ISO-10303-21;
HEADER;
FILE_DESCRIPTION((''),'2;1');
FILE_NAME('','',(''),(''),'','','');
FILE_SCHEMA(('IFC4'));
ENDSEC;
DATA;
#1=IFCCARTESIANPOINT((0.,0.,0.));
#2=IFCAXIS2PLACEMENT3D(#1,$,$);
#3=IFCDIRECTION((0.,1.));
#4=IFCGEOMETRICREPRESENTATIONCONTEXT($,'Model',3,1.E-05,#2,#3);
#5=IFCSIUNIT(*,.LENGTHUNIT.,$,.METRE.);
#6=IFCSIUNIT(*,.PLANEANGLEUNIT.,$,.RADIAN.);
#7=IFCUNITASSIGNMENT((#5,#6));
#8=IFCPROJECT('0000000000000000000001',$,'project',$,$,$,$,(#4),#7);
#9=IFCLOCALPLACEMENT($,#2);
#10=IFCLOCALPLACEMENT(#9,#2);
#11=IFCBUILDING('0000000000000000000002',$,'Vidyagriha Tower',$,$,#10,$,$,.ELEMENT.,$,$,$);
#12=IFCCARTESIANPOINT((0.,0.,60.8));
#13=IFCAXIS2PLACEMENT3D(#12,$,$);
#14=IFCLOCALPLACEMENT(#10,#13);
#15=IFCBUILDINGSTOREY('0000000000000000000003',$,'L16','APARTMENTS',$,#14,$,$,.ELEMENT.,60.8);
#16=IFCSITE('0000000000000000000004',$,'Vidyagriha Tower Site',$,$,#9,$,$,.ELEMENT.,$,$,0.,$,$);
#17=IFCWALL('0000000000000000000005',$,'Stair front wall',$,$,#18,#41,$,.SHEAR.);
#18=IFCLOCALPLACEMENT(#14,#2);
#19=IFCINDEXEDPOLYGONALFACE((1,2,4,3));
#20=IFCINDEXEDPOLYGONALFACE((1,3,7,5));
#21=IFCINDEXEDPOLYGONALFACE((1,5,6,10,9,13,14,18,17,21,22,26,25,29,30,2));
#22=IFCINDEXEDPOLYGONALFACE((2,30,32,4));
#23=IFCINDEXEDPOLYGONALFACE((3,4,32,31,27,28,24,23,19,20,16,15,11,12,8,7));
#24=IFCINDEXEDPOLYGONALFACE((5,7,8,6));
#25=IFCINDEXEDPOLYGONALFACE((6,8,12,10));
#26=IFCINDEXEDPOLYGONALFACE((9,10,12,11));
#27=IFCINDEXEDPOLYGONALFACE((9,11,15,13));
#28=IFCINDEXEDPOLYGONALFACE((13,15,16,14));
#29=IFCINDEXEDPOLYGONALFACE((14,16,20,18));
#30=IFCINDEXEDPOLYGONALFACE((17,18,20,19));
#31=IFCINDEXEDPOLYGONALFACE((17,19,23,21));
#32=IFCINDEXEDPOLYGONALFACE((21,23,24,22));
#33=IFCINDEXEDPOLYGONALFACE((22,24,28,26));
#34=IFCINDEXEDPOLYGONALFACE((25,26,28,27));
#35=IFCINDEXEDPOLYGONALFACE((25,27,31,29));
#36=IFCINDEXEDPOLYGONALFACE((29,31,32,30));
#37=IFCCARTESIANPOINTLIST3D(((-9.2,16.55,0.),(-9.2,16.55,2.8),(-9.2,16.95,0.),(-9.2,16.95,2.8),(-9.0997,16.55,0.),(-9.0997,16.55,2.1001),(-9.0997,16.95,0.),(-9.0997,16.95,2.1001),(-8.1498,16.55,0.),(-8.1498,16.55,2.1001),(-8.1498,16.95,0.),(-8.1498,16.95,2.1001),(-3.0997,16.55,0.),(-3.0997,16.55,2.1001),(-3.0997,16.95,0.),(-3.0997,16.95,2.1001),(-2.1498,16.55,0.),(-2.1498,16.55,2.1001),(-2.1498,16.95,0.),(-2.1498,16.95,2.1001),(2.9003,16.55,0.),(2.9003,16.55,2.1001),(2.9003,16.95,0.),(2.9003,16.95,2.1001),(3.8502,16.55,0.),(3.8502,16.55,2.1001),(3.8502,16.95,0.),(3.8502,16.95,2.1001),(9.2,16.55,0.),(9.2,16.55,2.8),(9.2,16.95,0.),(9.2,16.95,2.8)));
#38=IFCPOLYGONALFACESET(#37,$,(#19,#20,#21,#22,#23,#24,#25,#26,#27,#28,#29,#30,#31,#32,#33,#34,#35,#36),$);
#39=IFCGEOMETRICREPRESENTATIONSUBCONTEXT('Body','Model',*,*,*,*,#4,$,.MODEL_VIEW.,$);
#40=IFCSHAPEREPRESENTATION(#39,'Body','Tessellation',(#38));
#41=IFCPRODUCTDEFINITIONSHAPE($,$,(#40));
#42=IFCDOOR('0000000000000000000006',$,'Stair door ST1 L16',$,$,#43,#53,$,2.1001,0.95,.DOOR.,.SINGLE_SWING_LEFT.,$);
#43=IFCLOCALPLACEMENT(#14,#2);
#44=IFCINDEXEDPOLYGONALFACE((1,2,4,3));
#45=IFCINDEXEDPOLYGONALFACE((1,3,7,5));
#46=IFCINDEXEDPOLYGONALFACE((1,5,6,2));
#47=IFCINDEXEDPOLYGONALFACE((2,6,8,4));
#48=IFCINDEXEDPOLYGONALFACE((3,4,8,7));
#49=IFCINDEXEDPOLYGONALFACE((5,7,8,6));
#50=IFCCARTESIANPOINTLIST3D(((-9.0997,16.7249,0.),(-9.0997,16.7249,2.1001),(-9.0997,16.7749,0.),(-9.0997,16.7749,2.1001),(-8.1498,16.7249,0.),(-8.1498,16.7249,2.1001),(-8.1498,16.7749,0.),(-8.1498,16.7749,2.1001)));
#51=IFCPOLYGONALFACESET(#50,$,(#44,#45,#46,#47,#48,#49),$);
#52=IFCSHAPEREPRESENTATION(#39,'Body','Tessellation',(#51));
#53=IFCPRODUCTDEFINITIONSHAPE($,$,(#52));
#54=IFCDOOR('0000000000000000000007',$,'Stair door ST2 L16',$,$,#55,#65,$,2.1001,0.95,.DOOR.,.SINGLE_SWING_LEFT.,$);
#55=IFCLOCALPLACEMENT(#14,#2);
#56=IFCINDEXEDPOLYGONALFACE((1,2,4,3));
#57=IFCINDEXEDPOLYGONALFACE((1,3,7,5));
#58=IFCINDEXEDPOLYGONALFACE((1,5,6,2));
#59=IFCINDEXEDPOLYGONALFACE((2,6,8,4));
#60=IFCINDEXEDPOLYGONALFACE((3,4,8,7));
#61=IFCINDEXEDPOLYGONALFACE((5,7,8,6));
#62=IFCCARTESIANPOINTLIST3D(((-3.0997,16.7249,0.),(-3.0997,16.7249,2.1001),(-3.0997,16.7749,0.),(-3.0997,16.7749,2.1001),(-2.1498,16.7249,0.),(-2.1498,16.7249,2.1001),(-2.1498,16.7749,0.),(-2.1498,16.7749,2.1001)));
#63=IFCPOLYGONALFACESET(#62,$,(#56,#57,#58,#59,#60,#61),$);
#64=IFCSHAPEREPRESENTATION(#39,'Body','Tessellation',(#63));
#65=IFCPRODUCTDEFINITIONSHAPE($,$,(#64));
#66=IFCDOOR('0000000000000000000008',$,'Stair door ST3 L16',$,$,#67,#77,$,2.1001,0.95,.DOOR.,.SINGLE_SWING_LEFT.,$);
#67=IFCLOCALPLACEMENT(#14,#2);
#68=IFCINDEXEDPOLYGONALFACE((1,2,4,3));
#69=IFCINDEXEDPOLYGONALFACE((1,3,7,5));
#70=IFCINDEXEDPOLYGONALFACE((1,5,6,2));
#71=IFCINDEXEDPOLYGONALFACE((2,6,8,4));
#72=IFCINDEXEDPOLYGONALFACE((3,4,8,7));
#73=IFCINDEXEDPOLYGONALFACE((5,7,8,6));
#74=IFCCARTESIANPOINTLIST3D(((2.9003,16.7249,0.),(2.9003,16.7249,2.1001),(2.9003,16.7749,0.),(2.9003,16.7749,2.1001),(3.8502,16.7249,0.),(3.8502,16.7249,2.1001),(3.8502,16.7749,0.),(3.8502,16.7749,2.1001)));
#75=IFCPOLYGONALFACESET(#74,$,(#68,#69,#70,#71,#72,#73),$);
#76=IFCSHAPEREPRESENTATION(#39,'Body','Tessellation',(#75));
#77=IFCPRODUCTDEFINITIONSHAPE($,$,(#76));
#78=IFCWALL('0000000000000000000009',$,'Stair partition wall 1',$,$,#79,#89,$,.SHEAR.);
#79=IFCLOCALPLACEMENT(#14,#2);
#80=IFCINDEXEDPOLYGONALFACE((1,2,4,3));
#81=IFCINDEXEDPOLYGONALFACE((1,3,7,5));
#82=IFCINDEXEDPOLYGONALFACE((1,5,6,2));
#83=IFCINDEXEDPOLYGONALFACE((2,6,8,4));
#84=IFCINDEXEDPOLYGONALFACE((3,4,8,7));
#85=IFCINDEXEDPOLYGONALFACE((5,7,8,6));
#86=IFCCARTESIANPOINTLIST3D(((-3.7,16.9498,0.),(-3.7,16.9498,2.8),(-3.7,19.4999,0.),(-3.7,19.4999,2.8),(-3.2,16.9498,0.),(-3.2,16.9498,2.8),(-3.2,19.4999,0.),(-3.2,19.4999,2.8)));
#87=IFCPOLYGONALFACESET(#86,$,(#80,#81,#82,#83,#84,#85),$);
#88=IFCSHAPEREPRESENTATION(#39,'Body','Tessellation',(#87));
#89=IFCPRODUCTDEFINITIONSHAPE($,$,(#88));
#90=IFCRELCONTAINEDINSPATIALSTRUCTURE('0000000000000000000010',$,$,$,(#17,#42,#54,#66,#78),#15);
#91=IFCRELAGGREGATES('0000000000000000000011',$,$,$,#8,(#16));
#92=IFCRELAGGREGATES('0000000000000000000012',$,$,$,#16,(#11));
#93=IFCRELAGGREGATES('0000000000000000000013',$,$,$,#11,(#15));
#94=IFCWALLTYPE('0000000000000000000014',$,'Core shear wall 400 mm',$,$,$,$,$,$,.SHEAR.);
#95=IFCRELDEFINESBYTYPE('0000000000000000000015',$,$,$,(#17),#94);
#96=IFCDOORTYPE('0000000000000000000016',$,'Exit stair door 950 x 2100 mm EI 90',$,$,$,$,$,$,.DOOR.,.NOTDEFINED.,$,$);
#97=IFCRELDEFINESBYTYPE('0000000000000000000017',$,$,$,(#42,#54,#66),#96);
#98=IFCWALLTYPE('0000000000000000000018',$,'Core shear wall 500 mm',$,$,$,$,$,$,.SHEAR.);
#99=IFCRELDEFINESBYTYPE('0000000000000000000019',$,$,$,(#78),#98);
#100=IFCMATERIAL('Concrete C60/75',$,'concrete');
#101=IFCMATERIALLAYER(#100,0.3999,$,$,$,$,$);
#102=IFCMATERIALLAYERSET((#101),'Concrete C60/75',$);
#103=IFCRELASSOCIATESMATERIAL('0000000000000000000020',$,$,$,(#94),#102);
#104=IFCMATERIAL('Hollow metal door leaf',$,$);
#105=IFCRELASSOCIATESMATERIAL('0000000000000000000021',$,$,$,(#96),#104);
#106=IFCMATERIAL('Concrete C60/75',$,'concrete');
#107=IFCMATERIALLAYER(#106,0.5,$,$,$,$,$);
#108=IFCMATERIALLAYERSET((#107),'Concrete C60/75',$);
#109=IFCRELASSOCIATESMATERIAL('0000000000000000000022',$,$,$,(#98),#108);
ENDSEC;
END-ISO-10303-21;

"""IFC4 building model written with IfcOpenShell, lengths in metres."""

from ifc_helpers import new_model, si_unit, direction, frame, frame_2d, origin, place, context, subcontext, project, spatial, rectangle, extrude, material, layer, layer_set, type_object, element, fill, save


model = new_model("IFC4")

# Units and contexts
model_context = context("Model", 3, precision=1e-05, world=origin(), true_north=direction((0.0, 1.0)))
body_context = subcontext(model_context, "Body", "Model", "MODEL_VIEW")
ifc_project = project(units=[si_unit("LENGTHUNIT", "METRE"), si_unit("PLANEANGLEUNIT", "RADIAN")], contexts=[model_context])

# Site, building, storey
site_placement = place(None, origin())
site = spatial("IfcSite", under=ifc_project, at=site_placement, Name="Vidyagriha Tower Site", CompositionType="ELEMENT", RefElevation=0.0)
building_placement = place(site_placement, origin())
building = spatial("IfcBuilding", under=site, at=building_placement, Name="Vidyagriha Tower", CompositionType="ELEMENT")
storey_placement = place(building_placement, frame((0.0, 0.0, 60.8)))
storey = spatial("IfcBuildingStorey", under=building, at=storey_placement, Name="L16", Description="APARTMENTS", CompositionType="ELEMENT", Elevation=60.8)

# Shared definitions
ifc_material_1 = material(Name="Concrete C60/75", Category="concrete")
ifc_layer_1 = layer(ifc_material_1, 0.3999)
ifc_layer_set_1 = layer_set([ifc_layer_1], Name="Concrete C60/75")
wall_type_1 = type_object("IfcWallType", Name="Core shear wall 400 mm", PredefinedType="SHEAR", material=ifc_layer_set_1)

# Wall, openings, doors
wall_1_placement = place(storey_placement, frame((-9.2, 16.75, 0.0)))
wall_1 = element("IfcWall", 1, at=wall_1_placement, inside=storey, type_object=wall_type_1, Name="Stair front wall", PredefinedType="SHEAR", context=body_context, shape_type="SweptSolid", body=[
    extrude(rectangle(XDim=18.3999, YDim=0.3999, at=frame_2d((9.2, 0.0))), origin(), (0.0, 0.0, 1.0), 2.8),
])
opening_1_placement = place(wall_1_placement, frame((0.1001, 0.0, 0.0)))
opening_1 = element("IfcOpeningElement", 2, at=opening_1_placement, cuts=wall_1, PredefinedType="OPENING", context=body_context, shape_type="SweptSolid", body=[
    extrude(rectangle(XDim=0.95, YDim=2.1001, at=frame_2d((0.4751, 1.05))), frame((0.0, 0.21, 0.0), z_axis=(0.0, -1.0, 0.0), x_axis=(1.0, 0.0, 0.0)), (0.0, 0.0, 1.0), 0.4199),
])
opening_2_placement = place(wall_1_placement, frame((6.1001, 0.0, 0.0)))
opening_2 = element("IfcOpeningElement", 3, at=opening_2_placement, cuts=wall_1, PredefinedType="OPENING", context=body_context, shape_type="SweptSolid", body=[
    extrude(rectangle(XDim=0.95, YDim=2.1001, at=frame_2d((0.4751, 1.05))), frame((0.0, 0.21, 0.0), z_axis=(0.0, -1.0, 0.0), x_axis=(1.0, 0.0, 0.0)), (0.0, 0.0, 1.0), 0.4199),
])
opening_3_placement = place(wall_1_placement, frame((12.1001, 0.0, 0.0)))
opening_3 = element("IfcOpeningElement", 4, at=opening_3_placement, cuts=wall_1, PredefinedType="OPENING", context=body_context, shape_type="SweptSolid", body=[
    extrude(rectangle(XDim=0.95, YDim=2.1001, at=frame_2d((0.4751, 1.05))), frame((0.0, 0.21, 0.0), z_axis=(0.0, -1.0, 0.0), x_axis=(1.0, 0.0, 0.0)), (0.0, 0.0, 1.0), 0.4199),
])
ifc_material_2 = material(Name="Hollow metal door leaf")
door_type_1 = type_object("IfcDoorType", Name="Exit stair door 950 x 2100 mm EI 90", OperationType="NOTDEFINED", PredefinedType="DOOR", material=ifc_material_2)
door_1_placement = place(opening_1_placement, origin())
door_1 = element("IfcDoor", 5, at=door_1_placement, inside=storey, type_object=door_type_1, Name="Stair door ST1 L16", OperationType="SINGLE_SWING_LEFT", OverallHeight=2.1001, OverallWidth=0.95, PredefinedType="DOOR", context=body_context, shape_type="SweptSolid", body=[
    extrude(rectangle(XDim=0.95, YDim=2.1001, at=frame_2d((0.4751, 1.05))), frame((0.0, 0.0249, 0.0), z_axis=(0.0, -1.0, 0.0), x_axis=(1.0, 0.0, 0.0)), (0.0, 0.0, 1.0), 0.05),
])
fill(opening_1, door_1)
door_2_placement = place(opening_2_placement, origin())
door_2 = element("IfcDoor", 6, at=door_2_placement, inside=storey, type_object=door_type_1, Name="Stair door ST2 L16", OperationType="SINGLE_SWING_LEFT", OverallHeight=2.1001, OverallWidth=0.95, PredefinedType="DOOR", context=body_context, shape_type="SweptSolid", body=[
    extrude(rectangle(XDim=0.95, YDim=2.1001, at=frame_2d((0.4751, 1.05))), frame((0.0, 0.0249, 0.0), z_axis=(0.0, -1.0, 0.0), x_axis=(1.0, 0.0, 0.0)), (0.0, 0.0, 1.0), 0.05),
])
fill(opening_2, door_2)
door_3_placement = place(opening_3_placement, origin())
door_3 = element("IfcDoor", 7, at=door_3_placement, inside=storey, type_object=door_type_1, Name="Stair door ST3 L16", OperationType="SINGLE_SWING_LEFT", OverallHeight=2.1001, OverallWidth=0.95, PredefinedType="DOOR", context=body_context, shape_type="SweptSolid", body=[
    extrude(rectangle(XDim=0.95, YDim=2.1001, at=frame_2d((0.4751, 1.05))), frame((0.0, 0.0249, 0.0), z_axis=(0.0, -1.0, 0.0), x_axis=(1.0, 0.0, 0.0)), (0.0, 0.0, 1.0), 0.05),
])
fill(opening_3, door_3)

# Wall
ifc_material_3 = material(Name="Concrete C60/75", Category="concrete")
ifc_layer_2 = layer(ifc_material_3, 0.5)
ifc_layer_set_2 = layer_set([ifc_layer_2], Name="Concrete C60/75")
wall_type_2 = type_object("IfcWallType", Name="Core shear wall 500 mm", PredefinedType="SHEAR", material=ifc_layer_set_2)
wall_2_placement = place(storey_placement, frame((-3.45, 16.95, 0.0), z_axis=(0.0, 0.0, 1.0), x_axis=(0.0, 1.0, 0.0)))
element("IfcWall", 8, at=wall_2_placement, inside=storey, type_object=wall_type_2, Name="Stair partition wall 1", PredefinedType="SHEAR", context=body_context, shape_type="SweptSolid", body=[
    extrude(rectangle(XDim=2.55, YDim=0.5, at=frame_2d((1.2749, 0.0))), origin(), (0.0, 0.0, 1.0), 2.8),
])

save(model, "model.ifc")
